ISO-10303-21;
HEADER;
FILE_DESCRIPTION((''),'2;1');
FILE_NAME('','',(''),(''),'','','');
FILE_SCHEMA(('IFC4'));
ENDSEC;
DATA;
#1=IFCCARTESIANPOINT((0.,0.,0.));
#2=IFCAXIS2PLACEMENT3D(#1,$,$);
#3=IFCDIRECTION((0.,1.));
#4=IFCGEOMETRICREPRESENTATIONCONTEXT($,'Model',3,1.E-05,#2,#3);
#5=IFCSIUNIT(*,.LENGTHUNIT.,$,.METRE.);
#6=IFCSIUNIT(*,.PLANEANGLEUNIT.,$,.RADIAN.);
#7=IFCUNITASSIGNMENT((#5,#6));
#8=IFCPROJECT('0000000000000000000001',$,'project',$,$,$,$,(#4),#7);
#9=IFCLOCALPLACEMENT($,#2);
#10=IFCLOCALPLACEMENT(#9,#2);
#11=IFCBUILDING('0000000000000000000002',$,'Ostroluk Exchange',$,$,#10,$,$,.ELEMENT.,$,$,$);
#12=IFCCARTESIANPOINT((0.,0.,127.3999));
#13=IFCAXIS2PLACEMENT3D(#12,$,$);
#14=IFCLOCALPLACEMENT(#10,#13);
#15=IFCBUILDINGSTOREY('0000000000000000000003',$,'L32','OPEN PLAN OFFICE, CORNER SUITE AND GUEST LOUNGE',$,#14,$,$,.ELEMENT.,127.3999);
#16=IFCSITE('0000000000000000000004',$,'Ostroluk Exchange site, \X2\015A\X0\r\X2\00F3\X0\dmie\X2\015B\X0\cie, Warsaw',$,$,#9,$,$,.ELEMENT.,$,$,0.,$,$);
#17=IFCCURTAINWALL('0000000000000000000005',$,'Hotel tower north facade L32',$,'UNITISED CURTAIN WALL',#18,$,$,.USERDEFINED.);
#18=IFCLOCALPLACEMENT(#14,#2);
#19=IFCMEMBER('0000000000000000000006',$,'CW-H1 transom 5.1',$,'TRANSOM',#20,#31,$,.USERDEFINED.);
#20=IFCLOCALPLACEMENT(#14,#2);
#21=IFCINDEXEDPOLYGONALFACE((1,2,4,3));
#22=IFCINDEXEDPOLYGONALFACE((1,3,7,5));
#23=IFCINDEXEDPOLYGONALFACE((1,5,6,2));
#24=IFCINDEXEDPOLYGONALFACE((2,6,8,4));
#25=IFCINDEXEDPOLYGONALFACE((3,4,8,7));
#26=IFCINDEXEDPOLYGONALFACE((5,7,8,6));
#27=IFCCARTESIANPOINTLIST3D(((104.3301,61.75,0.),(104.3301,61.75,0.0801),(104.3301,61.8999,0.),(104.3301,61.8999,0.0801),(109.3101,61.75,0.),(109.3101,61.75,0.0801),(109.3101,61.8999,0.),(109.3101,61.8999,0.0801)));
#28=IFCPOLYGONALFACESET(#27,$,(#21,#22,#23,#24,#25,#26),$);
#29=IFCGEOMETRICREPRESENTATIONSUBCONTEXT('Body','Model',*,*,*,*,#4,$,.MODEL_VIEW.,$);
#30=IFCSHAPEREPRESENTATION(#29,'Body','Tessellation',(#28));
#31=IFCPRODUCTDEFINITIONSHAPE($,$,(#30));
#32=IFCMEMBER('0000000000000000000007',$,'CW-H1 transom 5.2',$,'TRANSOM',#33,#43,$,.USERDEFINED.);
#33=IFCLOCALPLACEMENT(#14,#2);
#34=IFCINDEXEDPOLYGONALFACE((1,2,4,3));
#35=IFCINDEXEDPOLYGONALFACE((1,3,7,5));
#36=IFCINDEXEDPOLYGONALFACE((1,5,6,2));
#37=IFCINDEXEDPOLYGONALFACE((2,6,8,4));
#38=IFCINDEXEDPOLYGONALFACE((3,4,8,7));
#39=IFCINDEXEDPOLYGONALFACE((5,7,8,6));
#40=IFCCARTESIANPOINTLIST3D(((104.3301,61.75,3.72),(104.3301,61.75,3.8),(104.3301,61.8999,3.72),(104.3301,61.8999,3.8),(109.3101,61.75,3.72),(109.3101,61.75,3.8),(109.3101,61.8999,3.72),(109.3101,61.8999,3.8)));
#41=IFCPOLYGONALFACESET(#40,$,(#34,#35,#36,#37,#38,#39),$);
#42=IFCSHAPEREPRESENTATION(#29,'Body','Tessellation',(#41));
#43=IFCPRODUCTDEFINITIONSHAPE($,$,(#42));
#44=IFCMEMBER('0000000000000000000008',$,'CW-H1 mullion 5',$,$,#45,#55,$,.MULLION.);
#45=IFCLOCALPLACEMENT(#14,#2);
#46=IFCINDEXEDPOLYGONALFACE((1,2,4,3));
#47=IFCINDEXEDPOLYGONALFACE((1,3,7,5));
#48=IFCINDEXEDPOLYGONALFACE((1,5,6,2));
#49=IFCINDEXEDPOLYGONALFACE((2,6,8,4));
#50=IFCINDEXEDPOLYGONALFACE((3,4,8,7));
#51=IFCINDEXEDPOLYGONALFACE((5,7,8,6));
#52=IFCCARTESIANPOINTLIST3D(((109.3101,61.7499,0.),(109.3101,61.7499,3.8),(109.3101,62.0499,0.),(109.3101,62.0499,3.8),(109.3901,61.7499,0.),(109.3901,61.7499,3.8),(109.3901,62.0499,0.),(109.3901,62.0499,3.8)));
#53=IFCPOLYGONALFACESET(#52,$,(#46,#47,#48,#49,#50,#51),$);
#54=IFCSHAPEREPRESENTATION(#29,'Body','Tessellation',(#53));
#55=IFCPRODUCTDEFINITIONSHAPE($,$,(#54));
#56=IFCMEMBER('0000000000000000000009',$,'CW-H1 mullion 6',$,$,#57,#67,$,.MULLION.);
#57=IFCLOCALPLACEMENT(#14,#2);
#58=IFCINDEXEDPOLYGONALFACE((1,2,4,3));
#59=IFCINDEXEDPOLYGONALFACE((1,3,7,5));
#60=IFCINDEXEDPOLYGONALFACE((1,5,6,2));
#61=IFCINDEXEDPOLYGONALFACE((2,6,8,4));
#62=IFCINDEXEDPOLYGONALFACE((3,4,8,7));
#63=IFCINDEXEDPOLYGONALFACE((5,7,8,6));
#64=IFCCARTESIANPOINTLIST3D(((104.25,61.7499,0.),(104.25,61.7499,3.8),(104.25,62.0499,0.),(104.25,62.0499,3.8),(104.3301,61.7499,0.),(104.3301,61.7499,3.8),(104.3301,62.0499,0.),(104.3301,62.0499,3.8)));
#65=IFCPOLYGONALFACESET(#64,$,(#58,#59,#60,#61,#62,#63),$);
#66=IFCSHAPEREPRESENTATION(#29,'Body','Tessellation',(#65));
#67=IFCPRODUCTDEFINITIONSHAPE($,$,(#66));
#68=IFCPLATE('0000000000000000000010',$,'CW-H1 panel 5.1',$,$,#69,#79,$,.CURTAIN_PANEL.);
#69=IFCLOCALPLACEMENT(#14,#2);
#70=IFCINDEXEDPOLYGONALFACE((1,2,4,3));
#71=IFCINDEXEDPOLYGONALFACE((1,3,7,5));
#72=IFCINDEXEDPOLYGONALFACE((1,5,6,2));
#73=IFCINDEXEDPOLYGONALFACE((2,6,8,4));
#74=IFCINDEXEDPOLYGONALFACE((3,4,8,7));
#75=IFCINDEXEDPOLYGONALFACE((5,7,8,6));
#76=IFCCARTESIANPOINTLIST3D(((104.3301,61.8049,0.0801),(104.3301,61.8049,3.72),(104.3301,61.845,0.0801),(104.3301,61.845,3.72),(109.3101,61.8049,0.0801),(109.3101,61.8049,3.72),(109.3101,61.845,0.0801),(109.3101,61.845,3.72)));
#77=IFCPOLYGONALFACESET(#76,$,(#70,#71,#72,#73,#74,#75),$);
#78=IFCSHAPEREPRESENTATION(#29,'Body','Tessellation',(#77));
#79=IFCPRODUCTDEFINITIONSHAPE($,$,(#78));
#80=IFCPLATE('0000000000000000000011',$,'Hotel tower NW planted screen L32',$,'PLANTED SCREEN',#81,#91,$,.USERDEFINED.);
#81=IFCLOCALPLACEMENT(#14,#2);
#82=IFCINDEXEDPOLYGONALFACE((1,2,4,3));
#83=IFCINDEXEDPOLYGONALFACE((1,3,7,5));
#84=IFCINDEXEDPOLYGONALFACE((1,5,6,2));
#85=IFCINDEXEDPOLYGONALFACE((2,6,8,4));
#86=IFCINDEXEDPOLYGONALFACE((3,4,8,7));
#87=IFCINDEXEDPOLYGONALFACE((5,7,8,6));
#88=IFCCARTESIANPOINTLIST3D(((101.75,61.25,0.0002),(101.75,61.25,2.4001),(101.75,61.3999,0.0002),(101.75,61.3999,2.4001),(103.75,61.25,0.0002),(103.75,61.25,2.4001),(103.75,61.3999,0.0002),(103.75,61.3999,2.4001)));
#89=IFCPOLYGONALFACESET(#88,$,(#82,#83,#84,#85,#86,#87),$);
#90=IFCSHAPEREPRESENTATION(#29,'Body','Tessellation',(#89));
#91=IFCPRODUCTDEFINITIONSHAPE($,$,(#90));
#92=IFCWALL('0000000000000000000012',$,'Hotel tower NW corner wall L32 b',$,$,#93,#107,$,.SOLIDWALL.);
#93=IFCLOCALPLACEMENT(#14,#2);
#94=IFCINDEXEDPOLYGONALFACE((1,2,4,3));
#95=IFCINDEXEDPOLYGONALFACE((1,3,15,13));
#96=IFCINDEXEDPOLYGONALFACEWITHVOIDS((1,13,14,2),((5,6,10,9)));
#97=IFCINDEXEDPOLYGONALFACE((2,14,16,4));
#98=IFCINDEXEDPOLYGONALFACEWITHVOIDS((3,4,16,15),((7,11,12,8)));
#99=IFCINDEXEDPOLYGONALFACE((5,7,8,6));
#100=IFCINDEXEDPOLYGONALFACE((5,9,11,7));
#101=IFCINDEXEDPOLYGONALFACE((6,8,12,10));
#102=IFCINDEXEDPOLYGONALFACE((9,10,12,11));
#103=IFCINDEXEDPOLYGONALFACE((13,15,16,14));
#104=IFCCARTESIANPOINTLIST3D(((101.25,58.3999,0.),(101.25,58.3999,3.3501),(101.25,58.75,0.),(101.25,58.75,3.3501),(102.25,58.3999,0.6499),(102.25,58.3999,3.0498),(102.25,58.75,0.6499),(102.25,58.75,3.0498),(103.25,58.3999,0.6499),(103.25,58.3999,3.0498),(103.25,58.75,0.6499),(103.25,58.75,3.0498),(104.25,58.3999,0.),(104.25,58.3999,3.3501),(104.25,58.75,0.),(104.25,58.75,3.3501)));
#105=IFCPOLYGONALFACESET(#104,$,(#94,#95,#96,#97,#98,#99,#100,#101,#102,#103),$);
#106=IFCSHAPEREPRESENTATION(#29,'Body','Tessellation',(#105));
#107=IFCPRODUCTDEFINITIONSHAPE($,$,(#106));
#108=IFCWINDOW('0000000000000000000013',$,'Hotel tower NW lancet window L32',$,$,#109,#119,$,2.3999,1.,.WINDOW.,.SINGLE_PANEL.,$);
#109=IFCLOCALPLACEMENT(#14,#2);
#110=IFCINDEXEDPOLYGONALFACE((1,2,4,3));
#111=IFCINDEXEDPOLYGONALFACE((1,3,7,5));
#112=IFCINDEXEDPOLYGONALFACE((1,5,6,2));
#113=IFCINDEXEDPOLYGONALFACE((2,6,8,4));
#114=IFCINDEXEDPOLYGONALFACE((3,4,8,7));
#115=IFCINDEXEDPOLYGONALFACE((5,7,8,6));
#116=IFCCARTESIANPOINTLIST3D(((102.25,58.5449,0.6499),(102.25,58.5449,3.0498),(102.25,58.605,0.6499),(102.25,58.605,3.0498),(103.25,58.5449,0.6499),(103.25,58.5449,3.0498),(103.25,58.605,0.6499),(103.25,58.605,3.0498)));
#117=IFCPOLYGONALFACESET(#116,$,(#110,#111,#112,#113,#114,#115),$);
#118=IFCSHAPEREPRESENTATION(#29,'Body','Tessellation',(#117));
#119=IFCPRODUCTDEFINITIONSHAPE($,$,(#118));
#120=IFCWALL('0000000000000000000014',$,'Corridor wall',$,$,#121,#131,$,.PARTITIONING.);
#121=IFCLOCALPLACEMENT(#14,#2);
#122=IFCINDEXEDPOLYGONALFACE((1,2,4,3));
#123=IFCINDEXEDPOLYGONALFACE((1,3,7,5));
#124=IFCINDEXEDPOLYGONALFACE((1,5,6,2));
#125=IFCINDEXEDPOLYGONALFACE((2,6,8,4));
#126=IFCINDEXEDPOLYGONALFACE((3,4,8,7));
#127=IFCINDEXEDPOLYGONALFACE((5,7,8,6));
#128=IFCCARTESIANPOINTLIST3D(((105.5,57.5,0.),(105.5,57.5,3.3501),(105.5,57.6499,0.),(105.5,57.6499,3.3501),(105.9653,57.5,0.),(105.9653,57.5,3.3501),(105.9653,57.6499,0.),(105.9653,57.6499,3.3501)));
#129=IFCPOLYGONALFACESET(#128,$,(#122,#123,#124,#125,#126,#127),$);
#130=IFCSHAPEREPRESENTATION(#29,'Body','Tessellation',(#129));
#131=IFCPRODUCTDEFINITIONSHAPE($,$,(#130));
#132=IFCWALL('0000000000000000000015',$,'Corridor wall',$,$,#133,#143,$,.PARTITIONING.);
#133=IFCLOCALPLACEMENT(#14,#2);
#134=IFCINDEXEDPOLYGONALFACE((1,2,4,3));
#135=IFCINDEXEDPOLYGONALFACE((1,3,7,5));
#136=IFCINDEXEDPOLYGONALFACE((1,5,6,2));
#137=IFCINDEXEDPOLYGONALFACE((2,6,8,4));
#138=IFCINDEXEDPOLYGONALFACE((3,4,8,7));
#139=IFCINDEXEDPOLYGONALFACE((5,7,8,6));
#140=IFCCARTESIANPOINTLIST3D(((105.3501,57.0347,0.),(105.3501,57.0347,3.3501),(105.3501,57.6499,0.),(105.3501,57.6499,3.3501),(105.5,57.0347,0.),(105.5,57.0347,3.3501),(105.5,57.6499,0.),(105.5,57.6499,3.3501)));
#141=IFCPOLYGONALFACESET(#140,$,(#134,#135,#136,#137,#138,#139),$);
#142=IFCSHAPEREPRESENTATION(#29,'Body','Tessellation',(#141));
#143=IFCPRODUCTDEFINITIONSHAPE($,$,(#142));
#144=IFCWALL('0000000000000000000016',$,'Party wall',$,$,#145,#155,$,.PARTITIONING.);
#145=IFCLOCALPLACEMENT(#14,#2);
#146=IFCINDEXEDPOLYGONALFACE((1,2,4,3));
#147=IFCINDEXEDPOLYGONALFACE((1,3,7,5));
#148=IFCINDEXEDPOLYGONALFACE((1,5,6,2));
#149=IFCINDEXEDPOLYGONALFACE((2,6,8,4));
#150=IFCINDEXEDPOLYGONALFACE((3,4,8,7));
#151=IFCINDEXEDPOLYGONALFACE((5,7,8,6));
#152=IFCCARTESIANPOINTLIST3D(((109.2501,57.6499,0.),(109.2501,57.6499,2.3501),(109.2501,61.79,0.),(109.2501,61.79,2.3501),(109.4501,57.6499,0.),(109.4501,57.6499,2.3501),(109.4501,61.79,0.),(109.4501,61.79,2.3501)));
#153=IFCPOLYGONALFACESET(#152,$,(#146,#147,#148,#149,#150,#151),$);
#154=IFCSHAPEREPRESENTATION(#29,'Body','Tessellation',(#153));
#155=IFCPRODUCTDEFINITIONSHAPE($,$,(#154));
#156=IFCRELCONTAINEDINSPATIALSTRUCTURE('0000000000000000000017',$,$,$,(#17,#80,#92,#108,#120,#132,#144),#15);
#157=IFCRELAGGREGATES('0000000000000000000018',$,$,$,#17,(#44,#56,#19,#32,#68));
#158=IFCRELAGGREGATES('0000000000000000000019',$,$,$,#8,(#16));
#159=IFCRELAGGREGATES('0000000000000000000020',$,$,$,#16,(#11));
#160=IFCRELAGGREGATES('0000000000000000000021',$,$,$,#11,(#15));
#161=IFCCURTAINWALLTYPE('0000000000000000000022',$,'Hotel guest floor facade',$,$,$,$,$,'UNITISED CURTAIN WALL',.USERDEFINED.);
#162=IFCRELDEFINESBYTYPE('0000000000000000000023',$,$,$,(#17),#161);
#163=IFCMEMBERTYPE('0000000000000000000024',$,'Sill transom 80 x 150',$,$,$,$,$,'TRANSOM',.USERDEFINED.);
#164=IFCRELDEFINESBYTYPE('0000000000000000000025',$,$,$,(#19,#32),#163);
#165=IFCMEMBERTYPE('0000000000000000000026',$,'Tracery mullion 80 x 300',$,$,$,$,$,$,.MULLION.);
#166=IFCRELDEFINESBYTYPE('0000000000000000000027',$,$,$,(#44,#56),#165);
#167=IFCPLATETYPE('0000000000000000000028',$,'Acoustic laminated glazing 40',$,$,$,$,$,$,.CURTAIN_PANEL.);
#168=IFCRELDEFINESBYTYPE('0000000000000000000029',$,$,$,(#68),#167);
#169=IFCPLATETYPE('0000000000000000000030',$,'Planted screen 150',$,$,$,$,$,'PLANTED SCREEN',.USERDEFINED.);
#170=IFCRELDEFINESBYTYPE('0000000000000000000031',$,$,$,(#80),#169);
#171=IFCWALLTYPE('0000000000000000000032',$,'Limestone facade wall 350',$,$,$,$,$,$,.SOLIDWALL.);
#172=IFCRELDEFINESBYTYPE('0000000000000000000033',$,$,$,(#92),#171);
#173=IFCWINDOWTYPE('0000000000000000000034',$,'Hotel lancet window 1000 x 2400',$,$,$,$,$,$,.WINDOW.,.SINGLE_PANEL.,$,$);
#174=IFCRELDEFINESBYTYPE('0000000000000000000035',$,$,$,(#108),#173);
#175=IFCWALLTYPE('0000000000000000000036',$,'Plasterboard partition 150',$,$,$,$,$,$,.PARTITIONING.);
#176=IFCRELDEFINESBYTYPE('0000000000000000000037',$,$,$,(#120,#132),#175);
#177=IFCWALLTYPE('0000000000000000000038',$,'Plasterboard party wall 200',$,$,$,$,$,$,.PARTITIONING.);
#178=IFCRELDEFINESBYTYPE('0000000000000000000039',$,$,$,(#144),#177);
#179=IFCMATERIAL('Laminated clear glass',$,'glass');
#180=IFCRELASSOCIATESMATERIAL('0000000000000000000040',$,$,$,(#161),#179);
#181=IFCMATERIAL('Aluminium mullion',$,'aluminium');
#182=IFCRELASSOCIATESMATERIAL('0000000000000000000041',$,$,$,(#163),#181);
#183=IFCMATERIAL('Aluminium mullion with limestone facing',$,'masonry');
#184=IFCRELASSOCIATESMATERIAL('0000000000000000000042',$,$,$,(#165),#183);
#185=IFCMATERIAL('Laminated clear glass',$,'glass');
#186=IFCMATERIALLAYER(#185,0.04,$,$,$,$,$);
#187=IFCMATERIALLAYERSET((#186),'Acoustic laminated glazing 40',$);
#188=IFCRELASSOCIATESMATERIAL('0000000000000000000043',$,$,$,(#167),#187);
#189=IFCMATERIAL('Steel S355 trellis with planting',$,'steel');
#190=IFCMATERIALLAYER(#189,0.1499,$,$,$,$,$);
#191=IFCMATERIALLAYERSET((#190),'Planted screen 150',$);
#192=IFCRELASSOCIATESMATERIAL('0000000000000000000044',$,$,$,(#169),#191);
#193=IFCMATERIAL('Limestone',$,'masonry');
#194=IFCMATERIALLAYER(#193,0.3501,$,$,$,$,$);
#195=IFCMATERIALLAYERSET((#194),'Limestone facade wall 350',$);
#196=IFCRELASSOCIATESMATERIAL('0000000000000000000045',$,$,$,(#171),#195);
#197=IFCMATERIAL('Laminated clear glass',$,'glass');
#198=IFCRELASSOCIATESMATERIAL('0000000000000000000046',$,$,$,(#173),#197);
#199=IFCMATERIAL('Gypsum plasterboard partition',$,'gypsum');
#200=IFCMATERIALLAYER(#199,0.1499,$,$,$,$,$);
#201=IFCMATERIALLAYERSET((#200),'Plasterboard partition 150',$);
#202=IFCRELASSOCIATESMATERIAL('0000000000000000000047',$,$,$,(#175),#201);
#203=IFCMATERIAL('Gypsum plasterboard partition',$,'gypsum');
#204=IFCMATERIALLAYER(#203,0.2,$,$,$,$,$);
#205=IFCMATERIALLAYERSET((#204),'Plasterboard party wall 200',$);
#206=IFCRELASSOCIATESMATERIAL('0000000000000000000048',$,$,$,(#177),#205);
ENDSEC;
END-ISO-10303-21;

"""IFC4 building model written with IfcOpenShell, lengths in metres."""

from ifc_helpers import new_model, si_unit, direction, frame, frame_2d, origin, origin_2d, place, context, subcontext, project, spatial, rectangle, extrude, material, layer, layer_set, material_profile, profile_set, type_object, element, fill, aggregate, save


model = new_model("IFC4")

# Units and contexts
model_context = context("Model", 3, precision=1e-05, world=origin(), true_north=direction((0.0, 1.0)))
body_context = subcontext(model_context, "Body", "Model", "MODEL_VIEW")
ifc_project = project(units=[si_unit("LENGTHUNIT", "METRE"), si_unit("PLANEANGLEUNIT", "RADIAN")], contexts=[model_context])

# Site, building, storey
site_placement = place(None, origin())
site = spatial("IfcSite", under=ifc_project, at=site_placement, Name="Ostroluk Exchange site, Śródmieście, Warsaw", CompositionType="ELEMENT", RefElevation=0.0)
building_placement = place(site_placement, origin())
building = spatial("IfcBuilding", under=site, at=building_placement, Name="Ostroluk Exchange", CompositionType="ELEMENT")
storey_placement = place(building_placement, frame((0.0, 0.0, 127.3999)))
storey = spatial("IfcBuildingStorey", under=building, at=storey_placement, Name="L32", Description="OPEN PLAN OFFICE, CORNER SUITE AND GUEST LOUNGE", CompositionType="ELEMENT", Elevation=127.3999)

# Curtain wall, members, plate
ifc_material_1 = material(Name="Laminated clear glass", Category="glass")
curtain_wall_type = type_object("IfcCurtainWallType", Name="Hotel guest floor facade", ElementType="UNITISED CURTAIN WALL", PredefinedType="USERDEFINED", material=ifc_material_1)
curtain_wall_placement = place(storey_placement, origin())
curtain_wall = element("IfcCurtainWall", 1, at=curtain_wall_placement, inside=storey, type_object=curtain_wall_type, Name="Hotel tower north facade L32", ObjectType="UNITISED CURTAIN WALL", PredefinedType="USERDEFINED")
ifc_material_2 = material(Name="Aluminium mullion", Category="aluminium")
ifc_material_profile_1 = material_profile(ifc_material_2, rectangle(XDim=0.1499, YDim=0.0801, at=origin_2d()), Name="Sill transom 80 x 150")
ifc_profile_set_1 = profile_set([ifc_material_profile_1], Name="Aluminium mullion")
member_type_1 = type_object("IfcMemberType", Name="Sill transom 80 x 150", ElementType="TRANSOM", PredefinedType="USERDEFINED", material=ifc_profile_set_1)
member_1_placement = place(storey_placement, frame((109.3101, 61.825, 0.04), z_axis=(-1.0, 0.0, 0.0), x_axis=(0.0, -1.0, 0.0)))
member_1 = element("IfcMember", 2, at=member_1_placement, type_object=member_type_1, Name="CW-H1 transom 5.1", ObjectType="TRANSOM", PredefinedType="USERDEFINED", context=body_context, shape_type="SweptSolid", body=[
    extrude(rectangle(XDim=0.1499, YDim=0.0801, at=origin_2d()), origin(), (0.0, 0.0, 1.0), 4.98),
])
member_2_placement = place(storey_placement, frame((109.3101, 61.825, 3.76), z_axis=(-1.0, 0.0, 0.0), x_axis=(0.0, -1.0, 0.0)))
member_2 = element("IfcMember", 3, at=member_2_placement, type_object=member_type_1, Name="CW-H1 transom 5.2", ObjectType="TRANSOM", PredefinedType="USERDEFINED", context=body_context, shape_type="SweptSolid", body=[
    extrude(rectangle(XDim=0.1499, YDim=0.0801, at=origin_2d()), origin(), (0.0, 0.0, 1.0), 4.98),
])
ifc_material_3 = material(Name="Aluminium mullion with limestone facing", Category="masonry")
ifc_material_profile_2 = material_profile(ifc_material_3, rectangle(XDim=0.3, YDim=0.0801, at=origin_2d()), Name="Tracery mullion 80 x 300")
ifc_profile_set_2 = profile_set([ifc_material_profile_2], Name="Aluminium mullion with limestone facing")
member_type_2 = type_object("IfcMemberType", Name="Tracery mullion 80 x 300", PredefinedType="MULLION", material=ifc_profile_set_2)
member_3_placement = place(storey_placement, frame((109.3501, 61.8999, 0.0), z_axis=(0.0, 0.0, 1.0), x_axis=(0.0, -1.0, 0.0)))
member_3 = element("IfcMember", 4, at=member_3_placement, type_object=member_type_2, Name="CW-H1 mullion 5", PredefinedType="MULLION", context=body_context, shape_type="SweptSolid", body=[
    extrude(rectangle(XDim=0.3, YDim=0.0801, at=origin_2d()), origin(), (0.0, 0.0, 1.0), 3.8),
])
member_4_placement = place(storey_placement, frame((104.29, 61.8999, 0.0), z_axis=(0.0, 0.0, 1.0), x_axis=(0.0, -1.0, 0.0)))
member_4 = element("IfcMember", 5, at=member_4_placement, type_object=member_type_2, Name="CW-H1 mullion 6", PredefinedType="MULLION", context=body_context, shape_type="SweptSolid", body=[
    extrude(rectangle(XDim=0.3, YDim=0.0801, at=origin_2d()), origin(), (0.0, 0.0, 1.0), 3.8),
])
ifc_material_4 = material(Name="Laminated clear glass", Category="glass")
ifc_layer_1 = layer(ifc_material_4, 0.04)
ifc_layer_set_1 = layer_set([ifc_layer_1], Name="Acoustic laminated glazing 40")
plate_type_1 = type_object("IfcPlateType", Name="Acoustic laminated glazing 40", PredefinedType="CURTAIN_PANEL", material=ifc_layer_set_1)
plate_1_placement = place(storey_placement, frame((106.8201, 61.825, 0.0801), z_axis=(0.0, 0.0, 1.0), x_axis=(-1.0, 0.0, 0.0)))
plate_1 = element("IfcPlate", 6, at=plate_1_placement, type_object=plate_type_1, Name="CW-H1 panel 5.1", PredefinedType="CURTAIN_PANEL", context=body_context, shape_type="SweptSolid", body=[
    extrude(rectangle(XDim=4.98, YDim=0.04, at=origin_2d()), origin(), (0.0, 0.0, 1.0), 3.6399),
])
aggregate(curtain_wall, [member_3, member_4, member_1, member_2, plate_1])

# Plate
ifc_material_5 = material(Name="Steel S355 trellis with planting", Category="steel")
ifc_layer_2 = layer(ifc_material_5, 0.1499)
ifc_layer_set_2 = layer_set([ifc_layer_2], Name="Planted screen 150")
plate_type_2 = type_object("IfcPlateType", Name="Planted screen 150", ElementType="PLANTED SCREEN", PredefinedType="USERDEFINED", material=ifc_layer_set_2)
plate_2_placement = place(storey_placement, frame((102.75, 61.325, 0.0002), z_axis=(0.0, 0.0, 1.0), x_axis=(1.0, 0.0, 0.0)))
element("IfcPlate", 7, at=plate_2_placement, inside=storey, type_object=plate_type_2, Name="Hotel tower NW planted screen L32", ObjectType="PLANTED SCREEN", PredefinedType="USERDEFINED", context=body_context, shape_type="SweptSolid", body=[
    extrude(rectangle(XDim=2.0, YDim=0.1499, at=origin_2d()), origin(), (0.0, 0.0, 1.0), 2.3999),
])

# Shared definitions
ifc_material_6 = material(Name="Limestone", Category="masonry")
ifc_layer_3 = layer(ifc_material_6, 0.3501)
ifc_layer_set_3 = layer_set([ifc_layer_3], Name="Limestone facade wall 350")
wall_type_1 = type_object("IfcWallType", Name="Limestone facade wall 350", PredefinedType="SOLIDWALL", material=ifc_layer_set_3)

# Wall, opening, window
wall_1_placement = place(storey_placement, frame((104.25, 58.575, 0.0), z_axis=(0.0, 0.0, 1.0), x_axis=(-1.0, 0.0, 0.0)))
wall_1 = element("IfcWall", 8, at=wall_1_placement, inside=storey, type_object=wall_type_1, Name="Hotel tower NW corner wall L32 b", PredefinedType="SOLIDWALL", context=body_context, shape_type="SweptSolid", body=[
    extrude(rectangle(XDim=3.0, YDim=0.3501, at=frame_2d((1.5, 0.0))), origin(), (0.0, 0.0, 1.0), 3.3501),
])
opening_1_placement = place(wall_1_placement, frame((1.0, 0.0, 0.6499)))
opening_1 = element("IfcOpeningElement", 9, at=opening_1_placement, cuts=wall_1, PredefinedType="OPENING", context=body_context, shape_type="SweptSolid", body=[
    extrude(rectangle(XDim=1.0, YDim=2.3999, at=frame_2d((0.5, 1.2))), frame((0.0, 0.1851, 0.0), z_axis=(0.0, -1.0, 0.0), x_axis=(1.0, 0.0, 0.0)), (0.0, 0.0, 1.0), 0.3701),
])
ifc_material_7 = material(Name="Laminated clear glass", Category="glass")
window_type = type_object("IfcWindowType", Name="Hotel lancet window 1000 x 2400", PartitioningType="SINGLE_PANEL", PredefinedType="WINDOW", material=ifc_material_7)
window_placement = place(opening_1_placement, origin())
window = element("IfcWindow", 10, at=window_placement, inside=storey, type_object=window_type, Name="Hotel tower NW lancet window L32", OverallHeight=2.3999, OverallWidth=1.0, PartitioningType="SINGLE_PANEL", PredefinedType="WINDOW", context=body_context, shape_type="SweptSolid", body=[
    extrude(rectangle(XDim=1.0, YDim=2.3999, at=frame_2d((0.5, 1.2))), frame((0.0, 0.03, 0.0), z_axis=(0.0, -1.0, 0.0), x_axis=(1.0, 0.0, 0.0)), (0.0, 0.0, 1.0), 0.0601),
])
fill(opening_1, window)

# Walls
ifc_material_8 = material(Name="Gypsum plasterboard partition", Category="gypsum")
ifc_layer_4 = layer(ifc_material_8, 0.1499)
ifc_layer_set_4 = layer_set([ifc_layer_4], Name="Plasterboard partition 150")
wall_type_2 = type_object("IfcWallType", Name="Plasterboard partition 150", PredefinedType="PARTITIONING", material=ifc_layer_set_4)
wall_2_placement = place(storey_placement, frame((105.9653, 57.575, 0.0), z_axis=(0.0, 0.0, 1.0), x_axis=(-1.0, 0.0, 0.0)))
element("IfcWall", 11, at=wall_2_placement, inside=storey, type_object=wall_type_2, Name="Corridor wall", PredefinedType="PARTITIONING", context=body_context, shape_type="SweptSolid", body=[
    extrude(rectangle(XDim=0.4653, YDim=0.1499, at=frame_2d((0.2327, 0.0))), origin(), (0.0, 0.0, 1.0), 3.3501),
])
wall_3_placement = place(storey_placement, frame((105.425, 57.6499, 0.0), z_axis=(0.0, 0.0, 1.0), x_axis=(0.0, -1.0, 0.0)))
element("IfcWall", 12, at=wall_3_placement, inside=storey, type_object=wall_type_2, Name="Corridor wall", PredefinedType="PARTITIONING", context=body_context, shape_type="SweptSolid", body=[
    extrude(rectangle(XDim=0.6152, YDim=0.1499, at=frame_2d((0.3076, 0.0))), origin(), (0.0, 0.0, 1.0), 3.3501),
])
ifc_material_9 = material(Name="Gypsum plasterboard partition", Category="gypsum")
ifc_layer_5 = layer(ifc_material_9, 0.2)
ifc_layer_set_5 = layer_set([ifc_layer_5], Name="Plasterboard party wall 200")
wall_type_3 = type_object("IfcWallType", Name="Plasterboard party wall 200", PredefinedType="PARTITIONING", material=ifc_layer_set_5)
wall_4_placement = place(storey_placement, frame((109.3501, 57.6499, 0.0), z_axis=(0.0, 0.0, 1.0), x_axis=(0.0, 1.0, 0.0)))
element("IfcWall", 13, at=wall_4_placement, inside=storey, type_object=wall_type_3, Name="Party wall", PredefinedType="PARTITIONING", context=body_context, shape_type="SweptSolid", body=[
    extrude(rectangle(XDim=4.1401, YDim=0.2, at=frame_2d((2.0701, 0.0))), origin(), (0.0, 0.0, 1.0), 2.3501),
])

save(model, "model.ifc")
